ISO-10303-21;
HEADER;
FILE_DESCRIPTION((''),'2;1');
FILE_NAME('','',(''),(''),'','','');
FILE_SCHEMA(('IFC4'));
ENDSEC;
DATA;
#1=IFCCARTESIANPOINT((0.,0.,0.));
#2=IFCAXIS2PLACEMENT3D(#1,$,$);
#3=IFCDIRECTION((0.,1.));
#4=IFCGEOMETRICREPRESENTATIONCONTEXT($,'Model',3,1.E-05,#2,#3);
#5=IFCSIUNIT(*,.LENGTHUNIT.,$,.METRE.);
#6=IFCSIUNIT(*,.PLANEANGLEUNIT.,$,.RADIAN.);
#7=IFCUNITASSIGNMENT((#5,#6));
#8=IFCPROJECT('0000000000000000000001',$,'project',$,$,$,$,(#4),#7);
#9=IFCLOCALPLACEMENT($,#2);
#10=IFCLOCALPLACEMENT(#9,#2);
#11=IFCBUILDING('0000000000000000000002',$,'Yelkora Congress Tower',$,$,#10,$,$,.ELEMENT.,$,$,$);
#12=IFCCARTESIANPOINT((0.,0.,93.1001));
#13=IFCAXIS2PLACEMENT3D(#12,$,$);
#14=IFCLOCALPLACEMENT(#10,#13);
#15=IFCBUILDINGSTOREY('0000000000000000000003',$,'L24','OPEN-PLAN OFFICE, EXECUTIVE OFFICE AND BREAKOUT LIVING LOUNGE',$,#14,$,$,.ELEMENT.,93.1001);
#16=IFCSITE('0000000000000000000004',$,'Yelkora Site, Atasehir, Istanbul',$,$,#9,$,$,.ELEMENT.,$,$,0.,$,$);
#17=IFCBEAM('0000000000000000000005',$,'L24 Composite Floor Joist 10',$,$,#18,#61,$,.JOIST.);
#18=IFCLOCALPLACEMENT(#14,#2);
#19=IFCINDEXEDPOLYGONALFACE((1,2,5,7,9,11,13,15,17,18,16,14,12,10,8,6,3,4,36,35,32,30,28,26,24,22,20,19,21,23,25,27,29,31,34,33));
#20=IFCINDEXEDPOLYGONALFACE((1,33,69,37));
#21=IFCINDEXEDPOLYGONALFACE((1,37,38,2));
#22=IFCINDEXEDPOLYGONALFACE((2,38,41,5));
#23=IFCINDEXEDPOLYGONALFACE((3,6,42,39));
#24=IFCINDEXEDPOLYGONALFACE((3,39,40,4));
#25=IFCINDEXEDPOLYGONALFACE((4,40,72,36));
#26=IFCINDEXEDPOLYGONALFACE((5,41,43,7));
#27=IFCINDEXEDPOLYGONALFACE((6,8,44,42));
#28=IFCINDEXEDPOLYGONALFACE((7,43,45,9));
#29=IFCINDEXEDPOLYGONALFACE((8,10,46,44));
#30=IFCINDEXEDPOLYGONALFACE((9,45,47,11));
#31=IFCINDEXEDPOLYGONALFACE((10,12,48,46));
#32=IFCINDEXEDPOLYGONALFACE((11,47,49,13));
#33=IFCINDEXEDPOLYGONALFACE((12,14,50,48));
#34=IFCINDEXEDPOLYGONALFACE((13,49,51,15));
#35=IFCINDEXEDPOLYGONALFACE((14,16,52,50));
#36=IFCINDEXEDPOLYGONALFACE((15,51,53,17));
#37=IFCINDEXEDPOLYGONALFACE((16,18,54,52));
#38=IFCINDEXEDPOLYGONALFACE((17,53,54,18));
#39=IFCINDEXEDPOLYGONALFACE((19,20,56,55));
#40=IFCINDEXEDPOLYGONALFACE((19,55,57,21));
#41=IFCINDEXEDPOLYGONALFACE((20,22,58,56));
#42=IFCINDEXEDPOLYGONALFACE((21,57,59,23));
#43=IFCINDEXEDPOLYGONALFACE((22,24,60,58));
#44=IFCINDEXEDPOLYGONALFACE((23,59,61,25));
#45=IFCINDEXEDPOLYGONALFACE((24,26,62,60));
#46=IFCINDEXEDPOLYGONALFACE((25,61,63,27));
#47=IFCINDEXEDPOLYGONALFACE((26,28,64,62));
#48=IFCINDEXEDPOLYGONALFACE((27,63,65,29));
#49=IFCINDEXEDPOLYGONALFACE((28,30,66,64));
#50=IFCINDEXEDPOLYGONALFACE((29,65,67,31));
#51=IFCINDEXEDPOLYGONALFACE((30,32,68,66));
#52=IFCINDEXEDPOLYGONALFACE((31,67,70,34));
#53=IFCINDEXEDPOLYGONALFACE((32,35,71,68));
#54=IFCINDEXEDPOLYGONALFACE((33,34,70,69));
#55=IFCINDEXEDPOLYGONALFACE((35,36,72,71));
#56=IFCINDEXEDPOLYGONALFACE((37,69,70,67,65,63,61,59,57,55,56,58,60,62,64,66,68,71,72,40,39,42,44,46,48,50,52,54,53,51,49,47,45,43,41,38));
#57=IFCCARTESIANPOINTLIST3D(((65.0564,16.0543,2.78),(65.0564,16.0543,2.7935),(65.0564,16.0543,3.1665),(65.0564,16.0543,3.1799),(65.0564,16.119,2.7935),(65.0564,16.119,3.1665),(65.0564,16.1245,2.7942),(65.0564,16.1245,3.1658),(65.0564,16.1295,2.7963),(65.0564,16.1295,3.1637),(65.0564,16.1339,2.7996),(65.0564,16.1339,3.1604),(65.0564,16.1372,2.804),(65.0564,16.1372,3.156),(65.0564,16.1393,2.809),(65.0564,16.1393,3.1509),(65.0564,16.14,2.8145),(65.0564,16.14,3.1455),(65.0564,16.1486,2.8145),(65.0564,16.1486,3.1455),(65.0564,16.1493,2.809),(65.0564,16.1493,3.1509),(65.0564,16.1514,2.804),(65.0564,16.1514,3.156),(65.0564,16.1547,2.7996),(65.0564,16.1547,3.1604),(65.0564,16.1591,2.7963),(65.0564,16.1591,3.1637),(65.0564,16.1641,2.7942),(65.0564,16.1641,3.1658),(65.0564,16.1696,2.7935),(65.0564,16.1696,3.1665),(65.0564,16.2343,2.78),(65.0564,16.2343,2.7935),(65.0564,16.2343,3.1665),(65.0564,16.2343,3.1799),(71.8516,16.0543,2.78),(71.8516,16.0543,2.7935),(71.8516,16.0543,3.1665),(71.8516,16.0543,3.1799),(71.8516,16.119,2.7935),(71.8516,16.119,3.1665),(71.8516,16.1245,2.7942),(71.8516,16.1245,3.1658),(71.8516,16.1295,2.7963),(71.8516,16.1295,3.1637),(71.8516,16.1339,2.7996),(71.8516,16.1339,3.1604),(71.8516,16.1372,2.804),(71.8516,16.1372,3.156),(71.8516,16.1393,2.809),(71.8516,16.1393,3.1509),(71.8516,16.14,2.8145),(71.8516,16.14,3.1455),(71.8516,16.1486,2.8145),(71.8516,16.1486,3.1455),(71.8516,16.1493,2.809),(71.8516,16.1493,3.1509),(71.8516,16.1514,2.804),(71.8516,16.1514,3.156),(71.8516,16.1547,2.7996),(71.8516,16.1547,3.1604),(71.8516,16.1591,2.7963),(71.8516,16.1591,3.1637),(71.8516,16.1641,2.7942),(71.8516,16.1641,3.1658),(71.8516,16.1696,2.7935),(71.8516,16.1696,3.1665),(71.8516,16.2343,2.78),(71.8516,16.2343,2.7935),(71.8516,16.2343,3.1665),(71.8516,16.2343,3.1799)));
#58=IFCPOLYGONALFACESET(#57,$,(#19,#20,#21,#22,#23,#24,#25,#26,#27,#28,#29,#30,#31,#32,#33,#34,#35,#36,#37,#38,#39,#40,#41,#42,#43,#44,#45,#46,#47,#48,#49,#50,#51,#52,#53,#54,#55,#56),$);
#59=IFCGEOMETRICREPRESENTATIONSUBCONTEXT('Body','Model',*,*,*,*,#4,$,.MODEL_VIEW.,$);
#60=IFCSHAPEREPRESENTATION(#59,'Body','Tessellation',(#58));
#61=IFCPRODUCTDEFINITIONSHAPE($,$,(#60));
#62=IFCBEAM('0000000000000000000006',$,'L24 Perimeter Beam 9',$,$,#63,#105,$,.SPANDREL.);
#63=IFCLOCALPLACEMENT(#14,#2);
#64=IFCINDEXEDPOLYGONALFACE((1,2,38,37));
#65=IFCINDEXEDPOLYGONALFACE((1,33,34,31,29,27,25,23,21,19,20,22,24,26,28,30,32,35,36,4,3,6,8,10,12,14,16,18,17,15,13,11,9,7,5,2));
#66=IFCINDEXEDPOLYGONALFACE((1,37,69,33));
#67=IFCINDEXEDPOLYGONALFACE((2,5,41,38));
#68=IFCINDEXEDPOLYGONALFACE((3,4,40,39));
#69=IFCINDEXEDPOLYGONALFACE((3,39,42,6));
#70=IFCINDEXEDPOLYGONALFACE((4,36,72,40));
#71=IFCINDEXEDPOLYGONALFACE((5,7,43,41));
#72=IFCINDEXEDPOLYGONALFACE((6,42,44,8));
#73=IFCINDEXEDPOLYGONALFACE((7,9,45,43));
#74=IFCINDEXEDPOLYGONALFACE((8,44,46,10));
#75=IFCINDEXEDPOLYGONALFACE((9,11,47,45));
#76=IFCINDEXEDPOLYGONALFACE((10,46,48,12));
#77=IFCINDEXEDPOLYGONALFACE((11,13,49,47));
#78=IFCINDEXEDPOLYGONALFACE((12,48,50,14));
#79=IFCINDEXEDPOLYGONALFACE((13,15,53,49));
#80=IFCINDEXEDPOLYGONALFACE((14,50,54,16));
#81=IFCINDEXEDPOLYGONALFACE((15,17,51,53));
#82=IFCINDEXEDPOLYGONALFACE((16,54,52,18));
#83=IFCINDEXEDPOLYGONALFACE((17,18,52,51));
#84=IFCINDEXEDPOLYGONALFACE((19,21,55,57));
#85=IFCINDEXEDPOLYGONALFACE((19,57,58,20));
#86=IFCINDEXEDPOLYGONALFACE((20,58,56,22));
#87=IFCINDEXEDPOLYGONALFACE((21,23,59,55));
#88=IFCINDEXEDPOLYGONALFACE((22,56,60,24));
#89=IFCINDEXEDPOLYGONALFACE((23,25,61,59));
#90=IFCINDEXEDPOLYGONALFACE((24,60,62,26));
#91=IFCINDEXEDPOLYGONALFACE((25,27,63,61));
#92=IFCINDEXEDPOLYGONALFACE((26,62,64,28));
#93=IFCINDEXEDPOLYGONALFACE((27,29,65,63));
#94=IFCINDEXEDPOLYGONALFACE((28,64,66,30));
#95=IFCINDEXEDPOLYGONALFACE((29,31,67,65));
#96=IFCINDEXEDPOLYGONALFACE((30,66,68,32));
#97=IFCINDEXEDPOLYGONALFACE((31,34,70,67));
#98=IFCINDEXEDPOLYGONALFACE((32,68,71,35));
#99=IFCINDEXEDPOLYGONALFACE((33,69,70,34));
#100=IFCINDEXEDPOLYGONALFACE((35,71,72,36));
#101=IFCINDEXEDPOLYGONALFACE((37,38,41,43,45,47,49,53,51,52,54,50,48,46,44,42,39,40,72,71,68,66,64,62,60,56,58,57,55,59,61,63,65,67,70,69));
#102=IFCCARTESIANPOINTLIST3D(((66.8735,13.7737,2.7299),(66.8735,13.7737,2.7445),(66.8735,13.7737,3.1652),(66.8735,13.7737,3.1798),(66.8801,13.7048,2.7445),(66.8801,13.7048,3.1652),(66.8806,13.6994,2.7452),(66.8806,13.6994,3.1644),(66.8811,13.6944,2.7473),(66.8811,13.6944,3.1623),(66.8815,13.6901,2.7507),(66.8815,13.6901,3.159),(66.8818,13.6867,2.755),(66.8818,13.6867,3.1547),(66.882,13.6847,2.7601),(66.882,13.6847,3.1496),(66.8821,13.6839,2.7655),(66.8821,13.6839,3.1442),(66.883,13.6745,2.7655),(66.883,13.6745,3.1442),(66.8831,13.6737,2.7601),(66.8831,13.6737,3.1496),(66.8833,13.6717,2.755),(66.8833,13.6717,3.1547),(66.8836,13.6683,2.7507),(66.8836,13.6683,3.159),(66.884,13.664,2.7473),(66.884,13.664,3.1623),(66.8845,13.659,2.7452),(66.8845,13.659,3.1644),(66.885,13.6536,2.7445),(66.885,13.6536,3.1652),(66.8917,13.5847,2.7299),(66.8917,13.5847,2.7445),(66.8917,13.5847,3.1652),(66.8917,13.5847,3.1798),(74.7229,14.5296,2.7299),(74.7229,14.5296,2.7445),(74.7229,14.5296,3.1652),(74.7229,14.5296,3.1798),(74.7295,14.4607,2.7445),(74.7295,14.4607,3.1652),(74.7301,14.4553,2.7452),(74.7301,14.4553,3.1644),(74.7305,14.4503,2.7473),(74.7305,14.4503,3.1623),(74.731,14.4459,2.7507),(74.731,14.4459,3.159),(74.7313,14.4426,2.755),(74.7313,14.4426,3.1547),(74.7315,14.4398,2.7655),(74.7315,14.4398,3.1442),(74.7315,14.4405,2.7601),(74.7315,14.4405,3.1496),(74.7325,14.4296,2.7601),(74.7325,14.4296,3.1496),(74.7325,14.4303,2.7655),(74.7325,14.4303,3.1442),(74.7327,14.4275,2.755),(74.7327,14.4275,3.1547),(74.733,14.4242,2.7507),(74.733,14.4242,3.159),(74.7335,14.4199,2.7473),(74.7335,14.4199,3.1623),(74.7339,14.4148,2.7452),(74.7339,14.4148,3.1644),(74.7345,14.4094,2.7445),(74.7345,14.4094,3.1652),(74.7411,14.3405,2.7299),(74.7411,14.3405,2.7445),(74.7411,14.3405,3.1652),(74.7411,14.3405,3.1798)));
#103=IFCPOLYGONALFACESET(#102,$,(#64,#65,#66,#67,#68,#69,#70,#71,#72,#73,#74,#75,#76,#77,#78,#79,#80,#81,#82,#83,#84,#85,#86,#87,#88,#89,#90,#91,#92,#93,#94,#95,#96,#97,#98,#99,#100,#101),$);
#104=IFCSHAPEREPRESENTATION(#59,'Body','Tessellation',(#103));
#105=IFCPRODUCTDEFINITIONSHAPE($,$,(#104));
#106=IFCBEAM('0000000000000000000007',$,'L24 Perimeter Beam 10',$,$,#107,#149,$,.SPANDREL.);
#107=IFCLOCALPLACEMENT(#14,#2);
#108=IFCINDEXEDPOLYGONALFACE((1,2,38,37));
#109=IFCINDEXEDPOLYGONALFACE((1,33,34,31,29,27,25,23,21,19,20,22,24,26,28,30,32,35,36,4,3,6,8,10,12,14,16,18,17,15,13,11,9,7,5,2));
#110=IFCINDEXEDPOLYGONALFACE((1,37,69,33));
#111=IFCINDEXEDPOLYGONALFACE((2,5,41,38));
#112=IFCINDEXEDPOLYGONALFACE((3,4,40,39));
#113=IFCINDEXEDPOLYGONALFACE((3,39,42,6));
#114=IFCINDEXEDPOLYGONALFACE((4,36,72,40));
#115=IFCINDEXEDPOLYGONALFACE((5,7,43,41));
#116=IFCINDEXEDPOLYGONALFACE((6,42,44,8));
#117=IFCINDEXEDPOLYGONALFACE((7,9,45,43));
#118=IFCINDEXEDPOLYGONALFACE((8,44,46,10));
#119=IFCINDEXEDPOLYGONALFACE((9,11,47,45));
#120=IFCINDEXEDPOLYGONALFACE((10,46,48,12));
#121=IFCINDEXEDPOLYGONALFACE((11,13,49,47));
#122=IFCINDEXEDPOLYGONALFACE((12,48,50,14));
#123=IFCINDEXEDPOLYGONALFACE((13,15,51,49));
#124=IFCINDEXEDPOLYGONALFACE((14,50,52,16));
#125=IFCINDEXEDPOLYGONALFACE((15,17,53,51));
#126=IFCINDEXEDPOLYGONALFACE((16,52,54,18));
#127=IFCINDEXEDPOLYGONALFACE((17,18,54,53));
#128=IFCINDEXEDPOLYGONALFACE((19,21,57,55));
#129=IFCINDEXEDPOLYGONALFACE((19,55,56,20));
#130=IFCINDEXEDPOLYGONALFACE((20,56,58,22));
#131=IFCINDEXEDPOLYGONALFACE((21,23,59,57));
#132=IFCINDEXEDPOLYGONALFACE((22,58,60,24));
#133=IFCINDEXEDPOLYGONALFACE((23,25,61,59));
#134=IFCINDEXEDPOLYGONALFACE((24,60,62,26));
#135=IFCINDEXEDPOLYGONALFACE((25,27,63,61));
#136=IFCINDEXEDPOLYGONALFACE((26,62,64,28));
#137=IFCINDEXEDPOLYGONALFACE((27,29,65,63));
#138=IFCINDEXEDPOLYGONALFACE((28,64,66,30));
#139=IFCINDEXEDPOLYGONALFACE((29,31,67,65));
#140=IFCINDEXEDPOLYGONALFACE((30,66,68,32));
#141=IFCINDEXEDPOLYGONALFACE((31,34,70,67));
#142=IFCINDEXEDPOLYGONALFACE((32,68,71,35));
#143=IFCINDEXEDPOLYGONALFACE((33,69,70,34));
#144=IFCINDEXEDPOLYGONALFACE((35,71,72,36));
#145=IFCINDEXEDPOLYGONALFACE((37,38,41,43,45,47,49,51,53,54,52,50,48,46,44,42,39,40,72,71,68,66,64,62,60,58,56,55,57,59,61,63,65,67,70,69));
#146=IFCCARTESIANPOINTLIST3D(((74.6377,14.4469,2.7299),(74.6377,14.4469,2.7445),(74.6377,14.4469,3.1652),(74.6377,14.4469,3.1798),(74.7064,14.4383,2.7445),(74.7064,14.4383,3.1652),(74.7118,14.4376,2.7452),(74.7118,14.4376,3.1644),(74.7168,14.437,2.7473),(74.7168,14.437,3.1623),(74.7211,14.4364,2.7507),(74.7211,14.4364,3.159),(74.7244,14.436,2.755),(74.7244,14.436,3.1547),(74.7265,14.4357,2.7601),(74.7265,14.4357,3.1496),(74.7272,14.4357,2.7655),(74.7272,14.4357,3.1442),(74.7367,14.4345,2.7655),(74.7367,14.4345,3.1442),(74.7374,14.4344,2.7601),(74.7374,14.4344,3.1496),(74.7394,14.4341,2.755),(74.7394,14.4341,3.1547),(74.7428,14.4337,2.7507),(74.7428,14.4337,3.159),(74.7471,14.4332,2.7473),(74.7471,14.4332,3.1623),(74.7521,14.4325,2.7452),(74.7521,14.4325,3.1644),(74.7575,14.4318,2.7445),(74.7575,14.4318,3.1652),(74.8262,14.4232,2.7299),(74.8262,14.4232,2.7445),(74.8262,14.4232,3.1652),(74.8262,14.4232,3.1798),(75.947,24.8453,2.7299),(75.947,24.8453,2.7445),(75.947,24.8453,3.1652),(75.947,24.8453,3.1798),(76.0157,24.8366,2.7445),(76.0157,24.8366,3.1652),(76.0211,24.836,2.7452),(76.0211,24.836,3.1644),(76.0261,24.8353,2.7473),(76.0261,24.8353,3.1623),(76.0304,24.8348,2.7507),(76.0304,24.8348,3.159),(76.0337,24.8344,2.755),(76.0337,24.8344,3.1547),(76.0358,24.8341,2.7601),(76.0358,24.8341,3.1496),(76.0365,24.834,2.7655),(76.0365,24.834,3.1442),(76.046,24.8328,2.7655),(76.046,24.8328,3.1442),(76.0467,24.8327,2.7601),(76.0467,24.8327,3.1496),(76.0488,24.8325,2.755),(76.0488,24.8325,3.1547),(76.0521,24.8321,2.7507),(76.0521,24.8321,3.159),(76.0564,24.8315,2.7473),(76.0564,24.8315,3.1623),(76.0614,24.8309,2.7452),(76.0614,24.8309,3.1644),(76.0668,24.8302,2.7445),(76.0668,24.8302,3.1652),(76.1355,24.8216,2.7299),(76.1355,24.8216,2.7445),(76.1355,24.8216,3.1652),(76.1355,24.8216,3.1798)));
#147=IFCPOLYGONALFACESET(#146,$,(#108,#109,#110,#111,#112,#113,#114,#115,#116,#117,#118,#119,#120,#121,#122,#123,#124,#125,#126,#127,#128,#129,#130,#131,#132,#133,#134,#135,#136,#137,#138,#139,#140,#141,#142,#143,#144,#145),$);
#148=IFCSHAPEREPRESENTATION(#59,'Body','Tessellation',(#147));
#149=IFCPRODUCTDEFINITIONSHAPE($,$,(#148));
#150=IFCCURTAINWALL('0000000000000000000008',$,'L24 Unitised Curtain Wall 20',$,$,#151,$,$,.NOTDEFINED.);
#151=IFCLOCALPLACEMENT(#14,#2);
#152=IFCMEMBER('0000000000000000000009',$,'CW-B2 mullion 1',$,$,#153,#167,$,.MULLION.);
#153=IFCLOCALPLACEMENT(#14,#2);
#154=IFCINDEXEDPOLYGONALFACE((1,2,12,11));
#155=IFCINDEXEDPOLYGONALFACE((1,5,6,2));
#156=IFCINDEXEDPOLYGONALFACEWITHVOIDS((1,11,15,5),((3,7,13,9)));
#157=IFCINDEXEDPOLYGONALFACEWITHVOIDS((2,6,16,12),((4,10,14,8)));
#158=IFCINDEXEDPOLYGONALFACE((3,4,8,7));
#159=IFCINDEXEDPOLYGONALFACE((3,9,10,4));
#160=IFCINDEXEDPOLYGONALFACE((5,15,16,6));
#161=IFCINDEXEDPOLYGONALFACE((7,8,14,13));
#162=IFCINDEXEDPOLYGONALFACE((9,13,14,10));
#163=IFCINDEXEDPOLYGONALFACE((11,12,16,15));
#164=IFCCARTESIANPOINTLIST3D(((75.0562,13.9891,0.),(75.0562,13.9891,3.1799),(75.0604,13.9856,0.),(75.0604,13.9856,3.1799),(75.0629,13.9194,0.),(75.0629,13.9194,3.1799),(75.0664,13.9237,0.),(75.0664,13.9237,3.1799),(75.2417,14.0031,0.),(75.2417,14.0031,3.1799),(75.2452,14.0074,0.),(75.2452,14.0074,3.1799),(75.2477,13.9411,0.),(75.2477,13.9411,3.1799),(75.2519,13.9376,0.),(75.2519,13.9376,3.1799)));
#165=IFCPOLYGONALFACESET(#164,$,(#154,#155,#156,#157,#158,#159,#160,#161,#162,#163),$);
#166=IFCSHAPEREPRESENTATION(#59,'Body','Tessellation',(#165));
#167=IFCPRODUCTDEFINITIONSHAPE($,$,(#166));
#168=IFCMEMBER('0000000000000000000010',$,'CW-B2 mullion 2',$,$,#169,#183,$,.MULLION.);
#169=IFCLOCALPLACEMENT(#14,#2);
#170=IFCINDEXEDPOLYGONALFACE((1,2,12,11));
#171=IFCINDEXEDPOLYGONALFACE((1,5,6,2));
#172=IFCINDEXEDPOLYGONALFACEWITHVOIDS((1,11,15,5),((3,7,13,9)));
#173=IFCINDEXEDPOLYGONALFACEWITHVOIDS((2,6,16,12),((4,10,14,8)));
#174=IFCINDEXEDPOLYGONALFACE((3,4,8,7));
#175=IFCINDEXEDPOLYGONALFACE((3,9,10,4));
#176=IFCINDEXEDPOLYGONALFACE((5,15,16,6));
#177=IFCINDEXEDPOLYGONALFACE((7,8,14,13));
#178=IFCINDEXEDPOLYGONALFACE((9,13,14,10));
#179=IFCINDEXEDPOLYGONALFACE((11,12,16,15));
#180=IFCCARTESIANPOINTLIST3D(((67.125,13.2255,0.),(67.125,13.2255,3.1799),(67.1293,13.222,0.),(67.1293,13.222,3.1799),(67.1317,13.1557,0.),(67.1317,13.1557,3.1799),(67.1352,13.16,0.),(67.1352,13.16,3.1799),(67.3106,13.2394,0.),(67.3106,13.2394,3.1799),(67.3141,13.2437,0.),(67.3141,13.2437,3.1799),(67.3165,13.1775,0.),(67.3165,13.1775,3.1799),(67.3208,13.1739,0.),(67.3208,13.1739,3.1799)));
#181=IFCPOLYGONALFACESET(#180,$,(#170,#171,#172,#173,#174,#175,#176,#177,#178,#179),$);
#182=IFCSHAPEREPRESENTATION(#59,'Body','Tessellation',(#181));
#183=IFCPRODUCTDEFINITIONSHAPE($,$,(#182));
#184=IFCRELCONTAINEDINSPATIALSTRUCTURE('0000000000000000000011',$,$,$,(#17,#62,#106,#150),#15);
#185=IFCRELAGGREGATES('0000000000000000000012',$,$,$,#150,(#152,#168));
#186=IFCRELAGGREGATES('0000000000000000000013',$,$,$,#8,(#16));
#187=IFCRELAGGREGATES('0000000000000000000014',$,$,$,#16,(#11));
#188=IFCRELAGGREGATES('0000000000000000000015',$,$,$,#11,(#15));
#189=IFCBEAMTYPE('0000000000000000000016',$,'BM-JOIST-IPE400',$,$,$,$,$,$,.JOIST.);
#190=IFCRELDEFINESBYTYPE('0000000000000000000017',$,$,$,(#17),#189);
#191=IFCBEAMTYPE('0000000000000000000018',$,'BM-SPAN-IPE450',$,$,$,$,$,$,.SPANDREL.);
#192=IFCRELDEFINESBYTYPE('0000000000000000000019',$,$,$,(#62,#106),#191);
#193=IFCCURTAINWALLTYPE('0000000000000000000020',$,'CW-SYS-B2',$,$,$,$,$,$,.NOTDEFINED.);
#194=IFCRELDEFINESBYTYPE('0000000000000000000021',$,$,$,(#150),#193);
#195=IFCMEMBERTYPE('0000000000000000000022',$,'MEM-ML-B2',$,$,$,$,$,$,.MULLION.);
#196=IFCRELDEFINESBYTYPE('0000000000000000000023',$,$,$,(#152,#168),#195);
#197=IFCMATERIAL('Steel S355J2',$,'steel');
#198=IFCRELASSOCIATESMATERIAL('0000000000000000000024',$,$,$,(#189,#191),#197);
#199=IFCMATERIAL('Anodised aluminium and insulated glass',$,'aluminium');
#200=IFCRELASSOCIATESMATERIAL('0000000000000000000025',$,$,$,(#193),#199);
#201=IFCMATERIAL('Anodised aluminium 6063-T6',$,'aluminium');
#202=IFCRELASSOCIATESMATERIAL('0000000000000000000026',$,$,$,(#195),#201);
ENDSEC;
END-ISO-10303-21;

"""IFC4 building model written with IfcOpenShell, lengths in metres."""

from ifc_helpers import new_model, si_unit, direction, frame, origin, origin_2d, place, context, subcontext, project, spatial, hollow_rectangle, i_section, extrude, material, material_profile, profile_set, type_object, element, aggregate, save


model = new_model("IFC4")

# Units and contexts
model_context = context("Model", 3, precision=1e-05, world=origin(), true_north=direction((0.0, 1.0)))
body_context = subcontext(model_context, "Body", "Model", "MODEL_VIEW")
ifc_project = project(units=[si_unit("LENGTHUNIT", "METRE"), si_unit("PLANEANGLEUNIT", "RADIAN")], contexts=[model_context])

# Site, building, storey
site_placement = place(None, origin())
site = spatial("IfcSite", under=ifc_project, at=site_placement, Name="Yelkora Site, Atasehir, Istanbul", CompositionType="ELEMENT", RefElevation=0.0)
building_placement = place(site_placement, origin())
building = spatial("IfcBuilding", under=site, at=building_placement, Name="Yelkora Congress Tower", CompositionType="ELEMENT")
storey_placement = place(building_placement, frame((0.0, 0.0, 93.1001)))
storey = spatial("IfcBuildingStorey", under=building, at=storey_placement, Name="L24", Description="OPEN-PLAN OFFICE, EXECUTIVE OFFICE AND BREAKOUT LIVING LOUNGE", CompositionType="ELEMENT", Elevation=93.1001)

# Beams
ifc_material_1 = material(Name="Steel S355J2", Category="steel")
ifc_material_profile_1 = material_profile(ifc_material_1, i_section(OverallWidth=0.1799, OverallDepth=0.3999, WebThickness=0.0085, FlangeThickness=0.0134, FilletRadius=0.021, at=origin_2d()), Name="IPE 400")
ifc_profile_set_1 = profile_set([ifc_material_profile_1], Name="Steel S355J2")
beam_type_1 = type_object("IfcBeamType", Name="BM-JOIST-IPE400", PredefinedType="JOIST", material=ifc_profile_set_1)
beam_1_placement = place(storey_placement, frame((65.0564, 16.1443, 2.98), z_axis=(1.0, 0.0, 0.0), x_axis=(0.0, 1.0, 0.0)))
element("IfcBeam", 1, at=beam_1_placement, inside=storey, type_object=beam_type_1, Name="L24 Composite Floor Joist 10", PredefinedType="JOIST", context=body_context, shape_type="SweptSolid", body=[
    extrude(i_section(OverallWidth=0.1799, OverallDepth=0.3999, WebThickness=0.0085, FlangeThickness=0.0134, FilletRadius=0.021, at=origin_2d()), origin(), (0.0, 0.0, 1.0), 6.7952),
])
ifc_material_profile_2 = material_profile(ifc_material_1, i_section(OverallWidth=0.1899, OverallDepth=0.45, WebThickness=0.0095, FlangeThickness=0.0146, FilletRadius=0.021, at=origin_2d()), Name="IPE 450")
ifc_profile_set_2 = profile_set([ifc_material_profile_2], Name="Steel S355J2")
beam_type_2 = type_object("IfcBeamType", Name="BM-SPAN-IPE450", PredefinedType="SPANDREL", material=ifc_profile_set_2)
beam_2_placement = place(storey_placement, frame((66.8826, 13.6792, 2.9548), z_axis=(0.995396, 0.095852, 0.0), x_axis=(-0.095852, 0.995396, 0.0)))
element("IfcBeam", 2, at=beam_2_placement, inside=storey, type_object=beam_type_2, Name="L24 Perimeter Beam 9", PredefinedType="SPANDREL", context=body_context, shape_type="SweptSolid", body=[
    extrude(i_section(OverallWidth=0.1899, OverallDepth=0.45, WebThickness=0.0095, FlangeThickness=0.0146, FilletRadius=0.021, at=origin_2d()), origin(), (0.0, 0.0, 1.0), 7.8857),
])
beam_3_placement = place(storey_placement, frame((74.7319, 14.4351, 2.9548), z_axis=(0.124929, 0.992166, 0.0), x_axis=(-0.992166, 0.124929, 0.0)))
element("IfcBeam", 3, at=beam_3_placement, inside=storey, type_object=beam_type_2, Name="L24 Perimeter Beam 10", PredefinedType="SPANDREL", context=body_context, shape_type="SweptSolid", body=[
    extrude(i_section(OverallWidth=0.1899, OverallDepth=0.45, WebThickness=0.0095, FlangeThickness=0.0146, FilletRadius=0.021, at=origin_2d()), origin(), (0.0, 0.0, 1.0), 10.4805),
])

# Curtain wall, members
ifc_material_2 = material(Name="Anodised aluminium and insulated glass", Category="aluminium")
curtain_wall_type = type_object("IfcCurtainWallType", Name="CW-SYS-B2", PredefinedType="NOTDEFINED", material=ifc_material_2)
curtain_wall_placement = place(storey_placement, origin())
curtain_wall = element("IfcCurtainWall", 4, at=curtain_wall_placement, inside=storey, type_object=curtain_wall_type, Name="L24 Unitised Curtain Wall 20", PredefinedType="NOTDEFINED")
ifc_material_3 = material(Name="Anodised aluminium 6063-T6", Category="aluminium")
ifc_material_profile_3 = material_profile(ifc_material_3, hollow_rectangle(XDim=0.0701, YDim=0.1899, WallThickness=0.0039, at=origin_2d()), Name="ALU 70x190x4")
ifc_profile_set_3 = profile_set([ifc_material_profile_3], Name="Anodised aluminium 6063-T6")
member_type_1 = type_object("IfcMemberType", Name="MEM-ML-B2", PredefinedType="MULLION", material=ifc_profile_set_3)
member_1_placement = place(storey_placement, frame((75.1541, 13.9634, 0.0), z_axis=(0.0, 0.0, 1.0), x_axis=(0.095844, -0.995396, 0.0)))
member_1 = element("IfcMember", 5, at=member_1_placement, type_object=member_type_1, Name="CW-B2 mullion 1", PredefinedType="MULLION", context=body_context, shape_type="SweptSolid", body=[
    extrude(hollow_rectangle(XDim=0.0701, YDim=0.1899, WallThickness=0.0039, at=origin_2d()), origin(), (0.0, 0.0, 1.0), 3.1799),
])
member_2_placement = place(storey_placement, frame((67.2229, 13.1997, 0.0), z_axis=(0.0, 0.0, 1.0), x_axis=(0.095844, -0.995396, 0.0)))
member_2 = element("IfcMember", 6, at=member_2_placement, type_object=member_type_1, Name="CW-B2 mullion 2", PredefinedType="MULLION", context=body_context, shape_type="SweptSolid", body=[
    extrude(hollow_rectangle(XDim=0.0701, YDim=0.1899, WallThickness=0.0039, at=origin_2d()), origin(), (0.0, 0.0, 1.0), 3.1799),
])
aggregate(curtain_wall, [member_1, member_2])

save(model, "model.ifc")
